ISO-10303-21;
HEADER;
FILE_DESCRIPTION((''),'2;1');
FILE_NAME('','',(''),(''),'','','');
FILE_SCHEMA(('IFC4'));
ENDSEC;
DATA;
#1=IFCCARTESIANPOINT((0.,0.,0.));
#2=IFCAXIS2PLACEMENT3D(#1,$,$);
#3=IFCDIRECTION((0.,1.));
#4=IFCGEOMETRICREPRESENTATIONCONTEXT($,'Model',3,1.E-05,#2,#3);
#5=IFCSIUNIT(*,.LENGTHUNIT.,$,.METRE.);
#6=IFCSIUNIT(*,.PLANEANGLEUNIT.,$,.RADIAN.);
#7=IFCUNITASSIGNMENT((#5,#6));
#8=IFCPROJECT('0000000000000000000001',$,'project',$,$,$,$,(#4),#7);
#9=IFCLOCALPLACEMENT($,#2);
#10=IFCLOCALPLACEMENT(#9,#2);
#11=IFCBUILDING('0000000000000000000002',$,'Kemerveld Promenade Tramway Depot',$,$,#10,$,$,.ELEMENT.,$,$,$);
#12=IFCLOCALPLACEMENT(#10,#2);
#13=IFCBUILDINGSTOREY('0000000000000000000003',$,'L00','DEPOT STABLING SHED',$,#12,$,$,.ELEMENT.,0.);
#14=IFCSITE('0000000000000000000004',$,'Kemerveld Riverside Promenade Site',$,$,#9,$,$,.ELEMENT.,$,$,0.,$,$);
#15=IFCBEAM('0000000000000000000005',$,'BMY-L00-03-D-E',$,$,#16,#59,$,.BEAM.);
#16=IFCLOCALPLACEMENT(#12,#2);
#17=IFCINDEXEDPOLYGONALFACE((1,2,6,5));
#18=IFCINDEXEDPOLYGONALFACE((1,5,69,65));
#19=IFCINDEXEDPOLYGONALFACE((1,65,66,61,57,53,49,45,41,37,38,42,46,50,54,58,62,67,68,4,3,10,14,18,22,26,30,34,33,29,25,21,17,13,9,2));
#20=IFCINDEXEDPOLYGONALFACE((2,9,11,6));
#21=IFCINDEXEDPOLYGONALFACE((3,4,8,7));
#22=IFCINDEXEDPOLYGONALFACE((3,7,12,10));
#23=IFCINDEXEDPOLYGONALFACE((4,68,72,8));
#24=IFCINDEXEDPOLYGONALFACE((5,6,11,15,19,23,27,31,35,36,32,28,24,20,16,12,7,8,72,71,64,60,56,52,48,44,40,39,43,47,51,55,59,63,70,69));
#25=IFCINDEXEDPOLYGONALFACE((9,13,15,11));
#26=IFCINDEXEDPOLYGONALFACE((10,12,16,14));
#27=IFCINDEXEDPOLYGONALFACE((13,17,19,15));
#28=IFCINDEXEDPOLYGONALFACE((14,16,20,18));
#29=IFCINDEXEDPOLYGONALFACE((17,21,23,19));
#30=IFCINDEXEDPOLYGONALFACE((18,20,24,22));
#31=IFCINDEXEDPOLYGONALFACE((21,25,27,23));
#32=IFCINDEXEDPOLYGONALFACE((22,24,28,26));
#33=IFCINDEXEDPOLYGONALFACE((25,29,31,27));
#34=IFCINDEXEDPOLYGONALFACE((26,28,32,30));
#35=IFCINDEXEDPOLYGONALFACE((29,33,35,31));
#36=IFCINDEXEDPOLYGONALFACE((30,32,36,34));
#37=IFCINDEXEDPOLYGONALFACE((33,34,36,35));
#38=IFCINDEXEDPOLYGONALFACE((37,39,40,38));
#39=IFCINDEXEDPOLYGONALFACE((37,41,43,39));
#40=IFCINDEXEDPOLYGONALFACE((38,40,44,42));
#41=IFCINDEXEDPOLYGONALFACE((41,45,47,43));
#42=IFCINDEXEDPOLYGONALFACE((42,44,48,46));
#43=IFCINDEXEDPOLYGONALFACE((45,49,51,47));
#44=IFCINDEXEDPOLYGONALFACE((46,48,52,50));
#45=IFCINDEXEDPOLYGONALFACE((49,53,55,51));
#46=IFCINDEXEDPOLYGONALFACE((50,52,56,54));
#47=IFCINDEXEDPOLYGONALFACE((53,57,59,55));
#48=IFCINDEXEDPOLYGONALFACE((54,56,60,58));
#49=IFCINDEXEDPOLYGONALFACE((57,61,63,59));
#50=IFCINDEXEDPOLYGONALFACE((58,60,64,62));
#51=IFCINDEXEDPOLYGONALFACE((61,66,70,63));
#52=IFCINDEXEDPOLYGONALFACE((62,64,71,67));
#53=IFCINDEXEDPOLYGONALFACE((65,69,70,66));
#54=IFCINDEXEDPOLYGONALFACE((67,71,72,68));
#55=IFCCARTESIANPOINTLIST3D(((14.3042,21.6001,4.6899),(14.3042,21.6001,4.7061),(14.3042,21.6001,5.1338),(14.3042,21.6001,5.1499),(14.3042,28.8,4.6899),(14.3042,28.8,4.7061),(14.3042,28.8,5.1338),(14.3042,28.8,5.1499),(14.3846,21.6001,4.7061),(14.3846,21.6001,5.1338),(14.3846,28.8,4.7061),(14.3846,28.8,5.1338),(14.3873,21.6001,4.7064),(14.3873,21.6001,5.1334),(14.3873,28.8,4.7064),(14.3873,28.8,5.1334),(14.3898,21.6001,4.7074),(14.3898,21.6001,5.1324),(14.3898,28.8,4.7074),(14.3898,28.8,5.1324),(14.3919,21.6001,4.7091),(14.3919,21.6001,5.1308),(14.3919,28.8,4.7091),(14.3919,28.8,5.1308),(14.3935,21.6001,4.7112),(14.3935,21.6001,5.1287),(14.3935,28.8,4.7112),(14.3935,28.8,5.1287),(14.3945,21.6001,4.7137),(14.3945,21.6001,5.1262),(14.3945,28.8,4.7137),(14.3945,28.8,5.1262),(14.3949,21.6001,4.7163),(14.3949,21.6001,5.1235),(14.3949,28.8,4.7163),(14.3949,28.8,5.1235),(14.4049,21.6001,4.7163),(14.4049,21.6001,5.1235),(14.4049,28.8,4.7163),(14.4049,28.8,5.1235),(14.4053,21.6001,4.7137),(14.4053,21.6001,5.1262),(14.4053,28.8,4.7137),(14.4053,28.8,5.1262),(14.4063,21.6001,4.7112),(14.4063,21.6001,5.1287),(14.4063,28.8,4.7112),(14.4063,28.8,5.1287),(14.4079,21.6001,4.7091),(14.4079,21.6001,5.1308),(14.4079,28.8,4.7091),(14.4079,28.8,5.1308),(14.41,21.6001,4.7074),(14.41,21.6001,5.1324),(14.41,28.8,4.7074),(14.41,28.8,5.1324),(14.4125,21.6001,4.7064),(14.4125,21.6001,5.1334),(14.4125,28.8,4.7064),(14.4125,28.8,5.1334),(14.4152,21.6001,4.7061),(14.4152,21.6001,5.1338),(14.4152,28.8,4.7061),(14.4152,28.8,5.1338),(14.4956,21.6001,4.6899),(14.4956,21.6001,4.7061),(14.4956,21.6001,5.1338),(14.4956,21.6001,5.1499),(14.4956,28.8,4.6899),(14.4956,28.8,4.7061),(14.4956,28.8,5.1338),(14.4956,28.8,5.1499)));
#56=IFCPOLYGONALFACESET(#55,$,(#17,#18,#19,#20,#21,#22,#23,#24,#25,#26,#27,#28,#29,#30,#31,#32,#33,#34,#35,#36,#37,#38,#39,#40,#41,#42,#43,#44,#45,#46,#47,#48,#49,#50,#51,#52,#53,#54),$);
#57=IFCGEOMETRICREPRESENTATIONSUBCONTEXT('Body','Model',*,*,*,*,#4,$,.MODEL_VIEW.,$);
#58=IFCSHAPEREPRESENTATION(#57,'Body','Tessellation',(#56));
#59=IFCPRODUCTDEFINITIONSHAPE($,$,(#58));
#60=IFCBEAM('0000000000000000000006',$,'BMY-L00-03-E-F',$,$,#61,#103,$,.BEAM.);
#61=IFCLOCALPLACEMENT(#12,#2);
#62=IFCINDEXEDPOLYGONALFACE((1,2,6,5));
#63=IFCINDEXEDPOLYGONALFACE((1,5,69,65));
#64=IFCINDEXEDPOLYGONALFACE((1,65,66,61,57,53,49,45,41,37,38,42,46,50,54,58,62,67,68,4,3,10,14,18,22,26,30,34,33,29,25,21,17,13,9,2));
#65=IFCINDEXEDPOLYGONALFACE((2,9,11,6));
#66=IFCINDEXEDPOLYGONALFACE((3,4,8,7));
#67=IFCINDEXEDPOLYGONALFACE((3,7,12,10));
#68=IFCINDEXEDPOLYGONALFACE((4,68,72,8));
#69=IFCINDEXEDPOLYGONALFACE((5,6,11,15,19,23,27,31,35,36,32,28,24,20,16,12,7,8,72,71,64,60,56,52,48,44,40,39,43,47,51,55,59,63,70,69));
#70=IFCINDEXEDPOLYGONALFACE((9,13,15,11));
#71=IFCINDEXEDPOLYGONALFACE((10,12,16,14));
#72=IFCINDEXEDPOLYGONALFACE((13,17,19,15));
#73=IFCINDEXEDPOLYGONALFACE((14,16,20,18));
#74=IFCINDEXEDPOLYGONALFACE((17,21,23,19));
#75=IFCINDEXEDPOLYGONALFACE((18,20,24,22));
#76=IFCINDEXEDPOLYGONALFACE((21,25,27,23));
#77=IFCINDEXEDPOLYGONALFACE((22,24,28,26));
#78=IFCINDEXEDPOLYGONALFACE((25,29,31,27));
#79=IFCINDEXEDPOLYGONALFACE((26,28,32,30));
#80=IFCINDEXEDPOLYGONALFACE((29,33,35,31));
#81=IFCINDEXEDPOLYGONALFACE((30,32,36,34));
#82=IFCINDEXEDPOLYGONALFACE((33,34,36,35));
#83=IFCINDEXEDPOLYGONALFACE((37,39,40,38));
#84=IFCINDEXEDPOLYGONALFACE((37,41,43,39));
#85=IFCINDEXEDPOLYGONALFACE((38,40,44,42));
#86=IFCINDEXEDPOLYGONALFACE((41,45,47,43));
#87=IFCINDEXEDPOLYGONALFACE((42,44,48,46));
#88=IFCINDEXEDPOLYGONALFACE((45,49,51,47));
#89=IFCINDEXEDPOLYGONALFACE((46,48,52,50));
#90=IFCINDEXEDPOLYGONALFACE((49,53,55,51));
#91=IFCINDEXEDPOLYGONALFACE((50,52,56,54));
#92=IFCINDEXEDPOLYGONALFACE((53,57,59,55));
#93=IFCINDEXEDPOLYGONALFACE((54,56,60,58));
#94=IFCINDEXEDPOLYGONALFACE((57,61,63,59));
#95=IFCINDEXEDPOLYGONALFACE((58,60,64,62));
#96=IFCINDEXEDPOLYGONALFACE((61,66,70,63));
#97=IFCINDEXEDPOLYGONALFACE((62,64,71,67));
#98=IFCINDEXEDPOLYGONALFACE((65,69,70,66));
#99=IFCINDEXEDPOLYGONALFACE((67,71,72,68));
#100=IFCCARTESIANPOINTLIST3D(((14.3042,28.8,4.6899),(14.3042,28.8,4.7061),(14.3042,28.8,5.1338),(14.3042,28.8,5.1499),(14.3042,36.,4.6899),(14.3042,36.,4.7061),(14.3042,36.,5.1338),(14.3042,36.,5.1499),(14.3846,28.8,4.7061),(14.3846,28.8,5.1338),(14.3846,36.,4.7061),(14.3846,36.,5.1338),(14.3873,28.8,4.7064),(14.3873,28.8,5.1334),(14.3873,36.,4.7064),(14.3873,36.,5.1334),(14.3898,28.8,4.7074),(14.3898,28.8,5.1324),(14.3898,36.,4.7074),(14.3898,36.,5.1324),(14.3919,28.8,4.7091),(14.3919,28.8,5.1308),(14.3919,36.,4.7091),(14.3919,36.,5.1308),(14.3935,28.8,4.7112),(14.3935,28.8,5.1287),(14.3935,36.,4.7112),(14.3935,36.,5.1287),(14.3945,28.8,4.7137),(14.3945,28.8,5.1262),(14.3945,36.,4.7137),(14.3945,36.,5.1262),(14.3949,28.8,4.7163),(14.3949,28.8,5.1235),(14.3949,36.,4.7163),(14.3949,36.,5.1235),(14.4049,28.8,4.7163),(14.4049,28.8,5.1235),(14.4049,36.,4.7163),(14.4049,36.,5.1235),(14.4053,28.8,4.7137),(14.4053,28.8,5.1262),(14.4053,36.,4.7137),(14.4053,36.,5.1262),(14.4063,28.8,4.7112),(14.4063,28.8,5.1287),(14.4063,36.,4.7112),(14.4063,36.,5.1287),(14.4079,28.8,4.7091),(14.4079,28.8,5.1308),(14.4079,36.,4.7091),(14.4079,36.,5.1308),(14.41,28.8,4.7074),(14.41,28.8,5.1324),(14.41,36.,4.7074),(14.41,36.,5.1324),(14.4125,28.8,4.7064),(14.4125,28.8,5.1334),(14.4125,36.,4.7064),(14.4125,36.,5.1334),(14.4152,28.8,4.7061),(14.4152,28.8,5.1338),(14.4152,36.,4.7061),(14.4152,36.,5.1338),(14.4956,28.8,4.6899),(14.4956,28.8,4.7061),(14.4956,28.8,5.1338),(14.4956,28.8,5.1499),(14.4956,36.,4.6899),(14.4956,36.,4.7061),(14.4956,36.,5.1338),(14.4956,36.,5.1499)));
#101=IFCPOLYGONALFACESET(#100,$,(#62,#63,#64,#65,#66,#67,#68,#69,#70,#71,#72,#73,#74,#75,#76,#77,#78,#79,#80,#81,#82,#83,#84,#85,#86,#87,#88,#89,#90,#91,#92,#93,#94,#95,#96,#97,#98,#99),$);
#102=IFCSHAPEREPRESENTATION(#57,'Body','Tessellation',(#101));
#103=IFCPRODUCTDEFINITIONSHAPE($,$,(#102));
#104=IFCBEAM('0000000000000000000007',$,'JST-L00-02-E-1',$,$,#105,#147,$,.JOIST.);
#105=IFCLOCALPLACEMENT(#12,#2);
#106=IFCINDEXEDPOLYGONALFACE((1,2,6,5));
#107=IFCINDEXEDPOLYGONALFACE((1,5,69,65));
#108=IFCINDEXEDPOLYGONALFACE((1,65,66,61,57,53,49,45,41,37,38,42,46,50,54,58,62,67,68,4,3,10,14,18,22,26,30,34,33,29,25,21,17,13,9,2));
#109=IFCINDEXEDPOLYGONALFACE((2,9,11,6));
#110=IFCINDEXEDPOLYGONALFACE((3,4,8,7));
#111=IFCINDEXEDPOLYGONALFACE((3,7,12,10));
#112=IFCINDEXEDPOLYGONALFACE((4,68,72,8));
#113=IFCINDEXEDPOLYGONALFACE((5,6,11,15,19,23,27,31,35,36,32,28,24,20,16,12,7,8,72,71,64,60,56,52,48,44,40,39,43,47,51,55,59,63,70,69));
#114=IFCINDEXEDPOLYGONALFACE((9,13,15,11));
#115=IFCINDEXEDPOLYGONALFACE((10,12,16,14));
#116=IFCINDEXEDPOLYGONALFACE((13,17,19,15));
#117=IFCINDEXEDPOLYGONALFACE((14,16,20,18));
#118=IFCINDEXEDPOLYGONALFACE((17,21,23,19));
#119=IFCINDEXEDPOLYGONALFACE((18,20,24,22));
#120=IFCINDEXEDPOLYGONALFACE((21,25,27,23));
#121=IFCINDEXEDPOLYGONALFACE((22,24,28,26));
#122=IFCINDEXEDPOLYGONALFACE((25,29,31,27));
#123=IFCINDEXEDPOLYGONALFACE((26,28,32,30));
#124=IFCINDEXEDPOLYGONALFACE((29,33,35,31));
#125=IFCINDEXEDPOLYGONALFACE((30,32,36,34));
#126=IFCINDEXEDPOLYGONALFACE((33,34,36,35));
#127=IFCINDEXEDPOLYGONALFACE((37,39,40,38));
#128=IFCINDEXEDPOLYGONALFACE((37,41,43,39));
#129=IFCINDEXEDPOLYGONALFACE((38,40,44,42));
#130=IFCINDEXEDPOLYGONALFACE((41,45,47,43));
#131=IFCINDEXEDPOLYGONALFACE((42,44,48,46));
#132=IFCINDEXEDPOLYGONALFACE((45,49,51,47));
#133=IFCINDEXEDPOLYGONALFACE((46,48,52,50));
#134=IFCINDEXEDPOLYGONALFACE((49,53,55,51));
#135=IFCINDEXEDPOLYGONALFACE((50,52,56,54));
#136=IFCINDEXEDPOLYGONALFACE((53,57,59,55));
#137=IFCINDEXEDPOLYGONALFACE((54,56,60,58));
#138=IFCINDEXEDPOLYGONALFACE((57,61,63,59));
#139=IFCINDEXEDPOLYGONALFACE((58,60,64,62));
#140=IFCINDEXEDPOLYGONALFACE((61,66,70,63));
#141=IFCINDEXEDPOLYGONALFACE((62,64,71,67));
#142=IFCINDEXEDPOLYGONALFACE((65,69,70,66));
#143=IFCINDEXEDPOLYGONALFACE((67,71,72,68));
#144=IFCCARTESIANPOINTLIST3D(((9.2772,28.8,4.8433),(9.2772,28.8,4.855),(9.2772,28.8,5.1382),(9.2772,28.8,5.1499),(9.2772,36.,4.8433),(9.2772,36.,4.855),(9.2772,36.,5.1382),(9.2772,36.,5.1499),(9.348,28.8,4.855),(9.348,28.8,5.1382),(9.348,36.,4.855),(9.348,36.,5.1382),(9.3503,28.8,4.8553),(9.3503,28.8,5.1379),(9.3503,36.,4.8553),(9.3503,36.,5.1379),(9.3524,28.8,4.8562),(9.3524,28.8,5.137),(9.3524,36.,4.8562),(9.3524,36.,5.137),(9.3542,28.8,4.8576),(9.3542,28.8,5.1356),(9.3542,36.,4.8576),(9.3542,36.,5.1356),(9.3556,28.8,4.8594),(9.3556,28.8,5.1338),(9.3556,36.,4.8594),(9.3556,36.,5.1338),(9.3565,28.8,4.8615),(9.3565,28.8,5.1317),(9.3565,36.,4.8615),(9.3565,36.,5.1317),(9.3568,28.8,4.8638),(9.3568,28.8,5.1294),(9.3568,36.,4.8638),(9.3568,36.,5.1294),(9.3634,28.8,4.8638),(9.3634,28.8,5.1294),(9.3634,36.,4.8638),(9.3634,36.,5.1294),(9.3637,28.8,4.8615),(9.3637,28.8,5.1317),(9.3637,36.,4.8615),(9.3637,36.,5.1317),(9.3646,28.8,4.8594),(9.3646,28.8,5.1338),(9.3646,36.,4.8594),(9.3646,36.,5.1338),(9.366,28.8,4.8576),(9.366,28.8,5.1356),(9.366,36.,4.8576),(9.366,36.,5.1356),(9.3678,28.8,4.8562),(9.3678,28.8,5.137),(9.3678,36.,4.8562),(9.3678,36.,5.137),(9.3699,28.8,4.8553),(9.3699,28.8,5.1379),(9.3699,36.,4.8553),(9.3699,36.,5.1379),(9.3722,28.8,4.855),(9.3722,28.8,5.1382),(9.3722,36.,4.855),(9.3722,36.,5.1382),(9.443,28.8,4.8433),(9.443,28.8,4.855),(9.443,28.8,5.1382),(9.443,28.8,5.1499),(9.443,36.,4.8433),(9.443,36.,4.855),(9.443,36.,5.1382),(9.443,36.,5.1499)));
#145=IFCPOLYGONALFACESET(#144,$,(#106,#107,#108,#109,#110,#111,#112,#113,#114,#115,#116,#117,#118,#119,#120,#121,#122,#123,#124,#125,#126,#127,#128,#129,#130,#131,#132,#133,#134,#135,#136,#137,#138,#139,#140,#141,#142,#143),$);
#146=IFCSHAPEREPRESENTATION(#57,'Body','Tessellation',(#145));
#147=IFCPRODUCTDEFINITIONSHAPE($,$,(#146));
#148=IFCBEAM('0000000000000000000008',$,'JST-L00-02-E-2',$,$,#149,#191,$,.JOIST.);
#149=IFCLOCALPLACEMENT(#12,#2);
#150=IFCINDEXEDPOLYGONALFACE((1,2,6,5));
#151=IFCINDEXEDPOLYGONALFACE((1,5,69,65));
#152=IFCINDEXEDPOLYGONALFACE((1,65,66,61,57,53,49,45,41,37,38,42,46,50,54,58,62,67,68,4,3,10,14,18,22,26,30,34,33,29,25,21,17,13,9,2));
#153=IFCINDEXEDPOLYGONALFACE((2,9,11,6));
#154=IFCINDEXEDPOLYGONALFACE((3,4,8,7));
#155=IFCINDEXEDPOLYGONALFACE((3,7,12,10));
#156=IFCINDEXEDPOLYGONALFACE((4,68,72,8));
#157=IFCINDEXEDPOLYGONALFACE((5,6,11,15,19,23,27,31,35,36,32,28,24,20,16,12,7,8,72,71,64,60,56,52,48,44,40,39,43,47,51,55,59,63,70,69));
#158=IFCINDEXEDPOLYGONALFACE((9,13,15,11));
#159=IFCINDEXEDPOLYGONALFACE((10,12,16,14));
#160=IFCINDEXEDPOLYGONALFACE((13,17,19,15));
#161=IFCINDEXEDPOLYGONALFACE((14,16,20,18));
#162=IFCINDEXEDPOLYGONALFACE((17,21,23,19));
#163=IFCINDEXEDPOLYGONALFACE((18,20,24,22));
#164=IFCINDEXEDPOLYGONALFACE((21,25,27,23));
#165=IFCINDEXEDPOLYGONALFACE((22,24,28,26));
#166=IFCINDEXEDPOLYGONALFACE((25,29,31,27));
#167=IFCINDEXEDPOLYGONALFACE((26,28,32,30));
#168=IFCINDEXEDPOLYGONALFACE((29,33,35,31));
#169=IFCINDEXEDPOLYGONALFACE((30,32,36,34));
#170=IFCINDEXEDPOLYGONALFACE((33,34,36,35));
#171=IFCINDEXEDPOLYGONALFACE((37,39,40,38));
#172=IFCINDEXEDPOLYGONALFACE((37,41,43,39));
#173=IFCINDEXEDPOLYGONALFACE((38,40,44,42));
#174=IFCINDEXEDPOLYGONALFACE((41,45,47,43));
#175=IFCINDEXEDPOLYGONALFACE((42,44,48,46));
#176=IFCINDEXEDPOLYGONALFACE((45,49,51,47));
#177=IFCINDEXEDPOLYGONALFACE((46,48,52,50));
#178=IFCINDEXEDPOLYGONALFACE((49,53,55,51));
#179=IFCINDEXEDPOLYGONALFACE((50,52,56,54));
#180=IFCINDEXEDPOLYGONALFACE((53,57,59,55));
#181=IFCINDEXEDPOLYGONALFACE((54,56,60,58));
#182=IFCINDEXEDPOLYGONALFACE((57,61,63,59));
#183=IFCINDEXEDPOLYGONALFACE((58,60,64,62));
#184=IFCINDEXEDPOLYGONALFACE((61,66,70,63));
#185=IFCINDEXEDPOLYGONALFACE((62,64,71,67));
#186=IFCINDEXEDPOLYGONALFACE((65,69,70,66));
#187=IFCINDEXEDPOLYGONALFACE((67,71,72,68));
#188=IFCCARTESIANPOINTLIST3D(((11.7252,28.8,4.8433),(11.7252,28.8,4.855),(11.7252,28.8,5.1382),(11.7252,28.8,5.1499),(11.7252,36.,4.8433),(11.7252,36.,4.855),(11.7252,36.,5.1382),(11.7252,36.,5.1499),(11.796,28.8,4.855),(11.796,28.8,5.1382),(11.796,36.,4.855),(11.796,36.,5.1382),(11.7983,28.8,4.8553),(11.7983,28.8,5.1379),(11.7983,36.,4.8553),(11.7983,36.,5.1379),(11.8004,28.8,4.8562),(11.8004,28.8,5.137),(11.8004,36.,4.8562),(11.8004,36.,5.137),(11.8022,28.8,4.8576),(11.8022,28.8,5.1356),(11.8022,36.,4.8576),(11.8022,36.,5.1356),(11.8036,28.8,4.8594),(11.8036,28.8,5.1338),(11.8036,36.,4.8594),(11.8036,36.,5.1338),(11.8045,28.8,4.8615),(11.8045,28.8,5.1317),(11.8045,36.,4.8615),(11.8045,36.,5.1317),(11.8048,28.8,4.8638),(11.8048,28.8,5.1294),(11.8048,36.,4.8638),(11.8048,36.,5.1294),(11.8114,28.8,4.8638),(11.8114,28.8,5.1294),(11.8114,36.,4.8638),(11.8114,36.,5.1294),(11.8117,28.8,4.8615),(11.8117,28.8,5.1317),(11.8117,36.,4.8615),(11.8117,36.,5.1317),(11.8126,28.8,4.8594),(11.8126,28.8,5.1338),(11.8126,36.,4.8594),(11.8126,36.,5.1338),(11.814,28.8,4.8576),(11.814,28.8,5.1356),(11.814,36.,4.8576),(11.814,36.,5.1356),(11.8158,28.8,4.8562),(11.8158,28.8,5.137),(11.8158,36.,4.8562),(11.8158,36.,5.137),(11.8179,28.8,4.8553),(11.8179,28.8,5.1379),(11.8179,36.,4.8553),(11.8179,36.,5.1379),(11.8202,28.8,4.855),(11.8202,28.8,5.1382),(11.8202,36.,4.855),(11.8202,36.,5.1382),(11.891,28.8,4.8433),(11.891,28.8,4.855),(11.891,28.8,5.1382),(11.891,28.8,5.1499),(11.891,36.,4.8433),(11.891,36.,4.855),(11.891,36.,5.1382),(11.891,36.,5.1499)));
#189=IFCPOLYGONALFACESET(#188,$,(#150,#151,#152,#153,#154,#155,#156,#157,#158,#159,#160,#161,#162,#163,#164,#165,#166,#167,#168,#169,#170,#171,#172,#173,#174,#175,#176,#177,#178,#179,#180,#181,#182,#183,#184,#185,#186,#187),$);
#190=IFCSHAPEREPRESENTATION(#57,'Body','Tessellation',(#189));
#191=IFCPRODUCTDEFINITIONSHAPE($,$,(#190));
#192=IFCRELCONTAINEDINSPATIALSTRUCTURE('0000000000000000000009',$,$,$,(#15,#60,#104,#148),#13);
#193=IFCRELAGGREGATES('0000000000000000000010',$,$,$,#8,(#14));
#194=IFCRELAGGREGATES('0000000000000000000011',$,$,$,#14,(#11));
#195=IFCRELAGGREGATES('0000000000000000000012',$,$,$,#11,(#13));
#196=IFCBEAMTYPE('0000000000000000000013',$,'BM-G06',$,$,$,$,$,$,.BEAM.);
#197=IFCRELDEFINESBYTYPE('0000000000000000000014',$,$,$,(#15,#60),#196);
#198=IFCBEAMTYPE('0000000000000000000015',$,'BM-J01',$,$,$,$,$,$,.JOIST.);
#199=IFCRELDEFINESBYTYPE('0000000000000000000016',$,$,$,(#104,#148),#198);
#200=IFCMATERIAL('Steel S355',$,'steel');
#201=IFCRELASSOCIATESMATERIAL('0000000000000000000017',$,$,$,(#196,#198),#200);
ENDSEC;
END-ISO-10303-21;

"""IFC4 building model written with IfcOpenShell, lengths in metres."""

from ifc_helpers import new_model, si_unit, direction, frame, origin, origin_2d, place, context, subcontext, project, spatial, i_section, extrude, material, material_profile, profile_set, type_object, element, save


model = new_model("IFC4")

# Units and contexts
model_context = context("Model", 3, precision=1e-05, world=origin(), true_north=direction((0.0, 1.0)))
body_context = subcontext(model_context, "Body", "Model", "MODEL_VIEW")
ifc_project = project(units=[si_unit("LENGTHUNIT", "METRE"), si_unit("PLANEANGLEUNIT", "RADIAN")], contexts=[model_context])

# Site, building, storey
site_placement = place(None, origin())
site = spatial("IfcSite", under=ifc_project, at=site_placement, Name="Kemerveld Riverside Promenade Site", CompositionType="ELEMENT", RefElevation=0.0)
building_placement = place(site_placement, origin())
building = spatial("IfcBuilding", under=site, at=building_placement, Name="Kemerveld Promenade Tramway Depot", CompositionType="ELEMENT")
storey_placement = place(building_placement, origin())
storey = spatial("IfcBuildingStorey", under=building, at=storey_placement, Name="L00", Description="DEPOT STABLING SHED", CompositionType="ELEMENT", Elevation=0.0)

# Shared definitions
ifc_material_1 = material(Name="Steel S355", Category="steel")

# Beams
ifc_material_profile_1 = material_profile(ifc_material_1, i_section(OverallWidth=0.1914, OverallDepth=0.46, WebThickness=0.01, FlangeThickness=0.0161, FilletRadius=0.0103, at=origin_2d()), Name="457x191x82 UB")
ifc_profile_set_1 = profile_set([ifc_material_profile_1], Name="Steel S355")
beam_type_1 = type_object("IfcBeamType", Name="BM-G06", PredefinedType="BEAM", material=ifc_profile_set_1)
for number, where, z_axis, x_axis, name in (
    (1, (14.3999, 21.6001, 4.9199), (0.0, 1.0, 0.0), (-1.0, 0.0, 0.0), "BMY-L00-03-D-E"),
    (2, (14.3999, 28.8, 4.9199), (0.0, 1.0, 0.0), (-1.0, 0.0, 0.0), "BMY-L00-03-E-F"),
):
    element("IfcBeam", number, at=place(storey_placement, frame(where, z_axis=z_axis, x_axis=x_axis)), inside=storey, type_object=beam_type_1, Name=name, PredefinedType="BEAM", context=body_context, shape_type="SweptSolid", body=[
        extrude(i_section(OverallWidth=0.1914, OverallDepth=0.46, WebThickness=0.01, FlangeThickness=0.0161, FilletRadius=0.0103, at=origin_2d()), origin(), (0.0, 0.0, 1.0), 7.2),
    ])
ifc_material_profile_2 = material_profile(ifc_material_1, i_section(OverallWidth=0.1658, OverallDepth=0.3066, WebThickness=0.0066, FlangeThickness=0.0117, FilletRadius=0.0088, at=origin_2d()), Name="305x165x46 UB")
ifc_profile_set_2 = profile_set([ifc_material_profile_2], Name="Steel S355")
beam_type_2 = type_object("IfcBeamType", Name="BM-J01", PredefinedType="JOIST", material=ifc_profile_set_2)
for number, where, z_axis, x_axis, name in (
    (3, (9.3601, 28.8, 4.9966), (0.0, 1.0, 0.0), (-1.0, 0.0, 0.0), "JST-L00-02-E-1"),
    (4, (11.8081, 28.8, 4.9966), (0.0, 1.0, 0.0), (-1.0, 0.0, 0.0), "JST-L00-02-E-2"),
):
    element("IfcBeam", number, at=place(storey_placement, frame(where, z_axis=z_axis, x_axis=x_axis)), inside=storey, type_object=beam_type_2, Name=name, PredefinedType="JOIST", context=body_context, shape_type="SweptSolid", body=[
        extrude(i_section(OverallWidth=0.1658, OverallDepth=0.3066, WebThickness=0.0066, FlangeThickness=0.0117, FilletRadius=0.0088, at=origin_2d()), origin(), (0.0, 0.0, 1.0), 7.2),
    ])

save(model, "model.ifc")
